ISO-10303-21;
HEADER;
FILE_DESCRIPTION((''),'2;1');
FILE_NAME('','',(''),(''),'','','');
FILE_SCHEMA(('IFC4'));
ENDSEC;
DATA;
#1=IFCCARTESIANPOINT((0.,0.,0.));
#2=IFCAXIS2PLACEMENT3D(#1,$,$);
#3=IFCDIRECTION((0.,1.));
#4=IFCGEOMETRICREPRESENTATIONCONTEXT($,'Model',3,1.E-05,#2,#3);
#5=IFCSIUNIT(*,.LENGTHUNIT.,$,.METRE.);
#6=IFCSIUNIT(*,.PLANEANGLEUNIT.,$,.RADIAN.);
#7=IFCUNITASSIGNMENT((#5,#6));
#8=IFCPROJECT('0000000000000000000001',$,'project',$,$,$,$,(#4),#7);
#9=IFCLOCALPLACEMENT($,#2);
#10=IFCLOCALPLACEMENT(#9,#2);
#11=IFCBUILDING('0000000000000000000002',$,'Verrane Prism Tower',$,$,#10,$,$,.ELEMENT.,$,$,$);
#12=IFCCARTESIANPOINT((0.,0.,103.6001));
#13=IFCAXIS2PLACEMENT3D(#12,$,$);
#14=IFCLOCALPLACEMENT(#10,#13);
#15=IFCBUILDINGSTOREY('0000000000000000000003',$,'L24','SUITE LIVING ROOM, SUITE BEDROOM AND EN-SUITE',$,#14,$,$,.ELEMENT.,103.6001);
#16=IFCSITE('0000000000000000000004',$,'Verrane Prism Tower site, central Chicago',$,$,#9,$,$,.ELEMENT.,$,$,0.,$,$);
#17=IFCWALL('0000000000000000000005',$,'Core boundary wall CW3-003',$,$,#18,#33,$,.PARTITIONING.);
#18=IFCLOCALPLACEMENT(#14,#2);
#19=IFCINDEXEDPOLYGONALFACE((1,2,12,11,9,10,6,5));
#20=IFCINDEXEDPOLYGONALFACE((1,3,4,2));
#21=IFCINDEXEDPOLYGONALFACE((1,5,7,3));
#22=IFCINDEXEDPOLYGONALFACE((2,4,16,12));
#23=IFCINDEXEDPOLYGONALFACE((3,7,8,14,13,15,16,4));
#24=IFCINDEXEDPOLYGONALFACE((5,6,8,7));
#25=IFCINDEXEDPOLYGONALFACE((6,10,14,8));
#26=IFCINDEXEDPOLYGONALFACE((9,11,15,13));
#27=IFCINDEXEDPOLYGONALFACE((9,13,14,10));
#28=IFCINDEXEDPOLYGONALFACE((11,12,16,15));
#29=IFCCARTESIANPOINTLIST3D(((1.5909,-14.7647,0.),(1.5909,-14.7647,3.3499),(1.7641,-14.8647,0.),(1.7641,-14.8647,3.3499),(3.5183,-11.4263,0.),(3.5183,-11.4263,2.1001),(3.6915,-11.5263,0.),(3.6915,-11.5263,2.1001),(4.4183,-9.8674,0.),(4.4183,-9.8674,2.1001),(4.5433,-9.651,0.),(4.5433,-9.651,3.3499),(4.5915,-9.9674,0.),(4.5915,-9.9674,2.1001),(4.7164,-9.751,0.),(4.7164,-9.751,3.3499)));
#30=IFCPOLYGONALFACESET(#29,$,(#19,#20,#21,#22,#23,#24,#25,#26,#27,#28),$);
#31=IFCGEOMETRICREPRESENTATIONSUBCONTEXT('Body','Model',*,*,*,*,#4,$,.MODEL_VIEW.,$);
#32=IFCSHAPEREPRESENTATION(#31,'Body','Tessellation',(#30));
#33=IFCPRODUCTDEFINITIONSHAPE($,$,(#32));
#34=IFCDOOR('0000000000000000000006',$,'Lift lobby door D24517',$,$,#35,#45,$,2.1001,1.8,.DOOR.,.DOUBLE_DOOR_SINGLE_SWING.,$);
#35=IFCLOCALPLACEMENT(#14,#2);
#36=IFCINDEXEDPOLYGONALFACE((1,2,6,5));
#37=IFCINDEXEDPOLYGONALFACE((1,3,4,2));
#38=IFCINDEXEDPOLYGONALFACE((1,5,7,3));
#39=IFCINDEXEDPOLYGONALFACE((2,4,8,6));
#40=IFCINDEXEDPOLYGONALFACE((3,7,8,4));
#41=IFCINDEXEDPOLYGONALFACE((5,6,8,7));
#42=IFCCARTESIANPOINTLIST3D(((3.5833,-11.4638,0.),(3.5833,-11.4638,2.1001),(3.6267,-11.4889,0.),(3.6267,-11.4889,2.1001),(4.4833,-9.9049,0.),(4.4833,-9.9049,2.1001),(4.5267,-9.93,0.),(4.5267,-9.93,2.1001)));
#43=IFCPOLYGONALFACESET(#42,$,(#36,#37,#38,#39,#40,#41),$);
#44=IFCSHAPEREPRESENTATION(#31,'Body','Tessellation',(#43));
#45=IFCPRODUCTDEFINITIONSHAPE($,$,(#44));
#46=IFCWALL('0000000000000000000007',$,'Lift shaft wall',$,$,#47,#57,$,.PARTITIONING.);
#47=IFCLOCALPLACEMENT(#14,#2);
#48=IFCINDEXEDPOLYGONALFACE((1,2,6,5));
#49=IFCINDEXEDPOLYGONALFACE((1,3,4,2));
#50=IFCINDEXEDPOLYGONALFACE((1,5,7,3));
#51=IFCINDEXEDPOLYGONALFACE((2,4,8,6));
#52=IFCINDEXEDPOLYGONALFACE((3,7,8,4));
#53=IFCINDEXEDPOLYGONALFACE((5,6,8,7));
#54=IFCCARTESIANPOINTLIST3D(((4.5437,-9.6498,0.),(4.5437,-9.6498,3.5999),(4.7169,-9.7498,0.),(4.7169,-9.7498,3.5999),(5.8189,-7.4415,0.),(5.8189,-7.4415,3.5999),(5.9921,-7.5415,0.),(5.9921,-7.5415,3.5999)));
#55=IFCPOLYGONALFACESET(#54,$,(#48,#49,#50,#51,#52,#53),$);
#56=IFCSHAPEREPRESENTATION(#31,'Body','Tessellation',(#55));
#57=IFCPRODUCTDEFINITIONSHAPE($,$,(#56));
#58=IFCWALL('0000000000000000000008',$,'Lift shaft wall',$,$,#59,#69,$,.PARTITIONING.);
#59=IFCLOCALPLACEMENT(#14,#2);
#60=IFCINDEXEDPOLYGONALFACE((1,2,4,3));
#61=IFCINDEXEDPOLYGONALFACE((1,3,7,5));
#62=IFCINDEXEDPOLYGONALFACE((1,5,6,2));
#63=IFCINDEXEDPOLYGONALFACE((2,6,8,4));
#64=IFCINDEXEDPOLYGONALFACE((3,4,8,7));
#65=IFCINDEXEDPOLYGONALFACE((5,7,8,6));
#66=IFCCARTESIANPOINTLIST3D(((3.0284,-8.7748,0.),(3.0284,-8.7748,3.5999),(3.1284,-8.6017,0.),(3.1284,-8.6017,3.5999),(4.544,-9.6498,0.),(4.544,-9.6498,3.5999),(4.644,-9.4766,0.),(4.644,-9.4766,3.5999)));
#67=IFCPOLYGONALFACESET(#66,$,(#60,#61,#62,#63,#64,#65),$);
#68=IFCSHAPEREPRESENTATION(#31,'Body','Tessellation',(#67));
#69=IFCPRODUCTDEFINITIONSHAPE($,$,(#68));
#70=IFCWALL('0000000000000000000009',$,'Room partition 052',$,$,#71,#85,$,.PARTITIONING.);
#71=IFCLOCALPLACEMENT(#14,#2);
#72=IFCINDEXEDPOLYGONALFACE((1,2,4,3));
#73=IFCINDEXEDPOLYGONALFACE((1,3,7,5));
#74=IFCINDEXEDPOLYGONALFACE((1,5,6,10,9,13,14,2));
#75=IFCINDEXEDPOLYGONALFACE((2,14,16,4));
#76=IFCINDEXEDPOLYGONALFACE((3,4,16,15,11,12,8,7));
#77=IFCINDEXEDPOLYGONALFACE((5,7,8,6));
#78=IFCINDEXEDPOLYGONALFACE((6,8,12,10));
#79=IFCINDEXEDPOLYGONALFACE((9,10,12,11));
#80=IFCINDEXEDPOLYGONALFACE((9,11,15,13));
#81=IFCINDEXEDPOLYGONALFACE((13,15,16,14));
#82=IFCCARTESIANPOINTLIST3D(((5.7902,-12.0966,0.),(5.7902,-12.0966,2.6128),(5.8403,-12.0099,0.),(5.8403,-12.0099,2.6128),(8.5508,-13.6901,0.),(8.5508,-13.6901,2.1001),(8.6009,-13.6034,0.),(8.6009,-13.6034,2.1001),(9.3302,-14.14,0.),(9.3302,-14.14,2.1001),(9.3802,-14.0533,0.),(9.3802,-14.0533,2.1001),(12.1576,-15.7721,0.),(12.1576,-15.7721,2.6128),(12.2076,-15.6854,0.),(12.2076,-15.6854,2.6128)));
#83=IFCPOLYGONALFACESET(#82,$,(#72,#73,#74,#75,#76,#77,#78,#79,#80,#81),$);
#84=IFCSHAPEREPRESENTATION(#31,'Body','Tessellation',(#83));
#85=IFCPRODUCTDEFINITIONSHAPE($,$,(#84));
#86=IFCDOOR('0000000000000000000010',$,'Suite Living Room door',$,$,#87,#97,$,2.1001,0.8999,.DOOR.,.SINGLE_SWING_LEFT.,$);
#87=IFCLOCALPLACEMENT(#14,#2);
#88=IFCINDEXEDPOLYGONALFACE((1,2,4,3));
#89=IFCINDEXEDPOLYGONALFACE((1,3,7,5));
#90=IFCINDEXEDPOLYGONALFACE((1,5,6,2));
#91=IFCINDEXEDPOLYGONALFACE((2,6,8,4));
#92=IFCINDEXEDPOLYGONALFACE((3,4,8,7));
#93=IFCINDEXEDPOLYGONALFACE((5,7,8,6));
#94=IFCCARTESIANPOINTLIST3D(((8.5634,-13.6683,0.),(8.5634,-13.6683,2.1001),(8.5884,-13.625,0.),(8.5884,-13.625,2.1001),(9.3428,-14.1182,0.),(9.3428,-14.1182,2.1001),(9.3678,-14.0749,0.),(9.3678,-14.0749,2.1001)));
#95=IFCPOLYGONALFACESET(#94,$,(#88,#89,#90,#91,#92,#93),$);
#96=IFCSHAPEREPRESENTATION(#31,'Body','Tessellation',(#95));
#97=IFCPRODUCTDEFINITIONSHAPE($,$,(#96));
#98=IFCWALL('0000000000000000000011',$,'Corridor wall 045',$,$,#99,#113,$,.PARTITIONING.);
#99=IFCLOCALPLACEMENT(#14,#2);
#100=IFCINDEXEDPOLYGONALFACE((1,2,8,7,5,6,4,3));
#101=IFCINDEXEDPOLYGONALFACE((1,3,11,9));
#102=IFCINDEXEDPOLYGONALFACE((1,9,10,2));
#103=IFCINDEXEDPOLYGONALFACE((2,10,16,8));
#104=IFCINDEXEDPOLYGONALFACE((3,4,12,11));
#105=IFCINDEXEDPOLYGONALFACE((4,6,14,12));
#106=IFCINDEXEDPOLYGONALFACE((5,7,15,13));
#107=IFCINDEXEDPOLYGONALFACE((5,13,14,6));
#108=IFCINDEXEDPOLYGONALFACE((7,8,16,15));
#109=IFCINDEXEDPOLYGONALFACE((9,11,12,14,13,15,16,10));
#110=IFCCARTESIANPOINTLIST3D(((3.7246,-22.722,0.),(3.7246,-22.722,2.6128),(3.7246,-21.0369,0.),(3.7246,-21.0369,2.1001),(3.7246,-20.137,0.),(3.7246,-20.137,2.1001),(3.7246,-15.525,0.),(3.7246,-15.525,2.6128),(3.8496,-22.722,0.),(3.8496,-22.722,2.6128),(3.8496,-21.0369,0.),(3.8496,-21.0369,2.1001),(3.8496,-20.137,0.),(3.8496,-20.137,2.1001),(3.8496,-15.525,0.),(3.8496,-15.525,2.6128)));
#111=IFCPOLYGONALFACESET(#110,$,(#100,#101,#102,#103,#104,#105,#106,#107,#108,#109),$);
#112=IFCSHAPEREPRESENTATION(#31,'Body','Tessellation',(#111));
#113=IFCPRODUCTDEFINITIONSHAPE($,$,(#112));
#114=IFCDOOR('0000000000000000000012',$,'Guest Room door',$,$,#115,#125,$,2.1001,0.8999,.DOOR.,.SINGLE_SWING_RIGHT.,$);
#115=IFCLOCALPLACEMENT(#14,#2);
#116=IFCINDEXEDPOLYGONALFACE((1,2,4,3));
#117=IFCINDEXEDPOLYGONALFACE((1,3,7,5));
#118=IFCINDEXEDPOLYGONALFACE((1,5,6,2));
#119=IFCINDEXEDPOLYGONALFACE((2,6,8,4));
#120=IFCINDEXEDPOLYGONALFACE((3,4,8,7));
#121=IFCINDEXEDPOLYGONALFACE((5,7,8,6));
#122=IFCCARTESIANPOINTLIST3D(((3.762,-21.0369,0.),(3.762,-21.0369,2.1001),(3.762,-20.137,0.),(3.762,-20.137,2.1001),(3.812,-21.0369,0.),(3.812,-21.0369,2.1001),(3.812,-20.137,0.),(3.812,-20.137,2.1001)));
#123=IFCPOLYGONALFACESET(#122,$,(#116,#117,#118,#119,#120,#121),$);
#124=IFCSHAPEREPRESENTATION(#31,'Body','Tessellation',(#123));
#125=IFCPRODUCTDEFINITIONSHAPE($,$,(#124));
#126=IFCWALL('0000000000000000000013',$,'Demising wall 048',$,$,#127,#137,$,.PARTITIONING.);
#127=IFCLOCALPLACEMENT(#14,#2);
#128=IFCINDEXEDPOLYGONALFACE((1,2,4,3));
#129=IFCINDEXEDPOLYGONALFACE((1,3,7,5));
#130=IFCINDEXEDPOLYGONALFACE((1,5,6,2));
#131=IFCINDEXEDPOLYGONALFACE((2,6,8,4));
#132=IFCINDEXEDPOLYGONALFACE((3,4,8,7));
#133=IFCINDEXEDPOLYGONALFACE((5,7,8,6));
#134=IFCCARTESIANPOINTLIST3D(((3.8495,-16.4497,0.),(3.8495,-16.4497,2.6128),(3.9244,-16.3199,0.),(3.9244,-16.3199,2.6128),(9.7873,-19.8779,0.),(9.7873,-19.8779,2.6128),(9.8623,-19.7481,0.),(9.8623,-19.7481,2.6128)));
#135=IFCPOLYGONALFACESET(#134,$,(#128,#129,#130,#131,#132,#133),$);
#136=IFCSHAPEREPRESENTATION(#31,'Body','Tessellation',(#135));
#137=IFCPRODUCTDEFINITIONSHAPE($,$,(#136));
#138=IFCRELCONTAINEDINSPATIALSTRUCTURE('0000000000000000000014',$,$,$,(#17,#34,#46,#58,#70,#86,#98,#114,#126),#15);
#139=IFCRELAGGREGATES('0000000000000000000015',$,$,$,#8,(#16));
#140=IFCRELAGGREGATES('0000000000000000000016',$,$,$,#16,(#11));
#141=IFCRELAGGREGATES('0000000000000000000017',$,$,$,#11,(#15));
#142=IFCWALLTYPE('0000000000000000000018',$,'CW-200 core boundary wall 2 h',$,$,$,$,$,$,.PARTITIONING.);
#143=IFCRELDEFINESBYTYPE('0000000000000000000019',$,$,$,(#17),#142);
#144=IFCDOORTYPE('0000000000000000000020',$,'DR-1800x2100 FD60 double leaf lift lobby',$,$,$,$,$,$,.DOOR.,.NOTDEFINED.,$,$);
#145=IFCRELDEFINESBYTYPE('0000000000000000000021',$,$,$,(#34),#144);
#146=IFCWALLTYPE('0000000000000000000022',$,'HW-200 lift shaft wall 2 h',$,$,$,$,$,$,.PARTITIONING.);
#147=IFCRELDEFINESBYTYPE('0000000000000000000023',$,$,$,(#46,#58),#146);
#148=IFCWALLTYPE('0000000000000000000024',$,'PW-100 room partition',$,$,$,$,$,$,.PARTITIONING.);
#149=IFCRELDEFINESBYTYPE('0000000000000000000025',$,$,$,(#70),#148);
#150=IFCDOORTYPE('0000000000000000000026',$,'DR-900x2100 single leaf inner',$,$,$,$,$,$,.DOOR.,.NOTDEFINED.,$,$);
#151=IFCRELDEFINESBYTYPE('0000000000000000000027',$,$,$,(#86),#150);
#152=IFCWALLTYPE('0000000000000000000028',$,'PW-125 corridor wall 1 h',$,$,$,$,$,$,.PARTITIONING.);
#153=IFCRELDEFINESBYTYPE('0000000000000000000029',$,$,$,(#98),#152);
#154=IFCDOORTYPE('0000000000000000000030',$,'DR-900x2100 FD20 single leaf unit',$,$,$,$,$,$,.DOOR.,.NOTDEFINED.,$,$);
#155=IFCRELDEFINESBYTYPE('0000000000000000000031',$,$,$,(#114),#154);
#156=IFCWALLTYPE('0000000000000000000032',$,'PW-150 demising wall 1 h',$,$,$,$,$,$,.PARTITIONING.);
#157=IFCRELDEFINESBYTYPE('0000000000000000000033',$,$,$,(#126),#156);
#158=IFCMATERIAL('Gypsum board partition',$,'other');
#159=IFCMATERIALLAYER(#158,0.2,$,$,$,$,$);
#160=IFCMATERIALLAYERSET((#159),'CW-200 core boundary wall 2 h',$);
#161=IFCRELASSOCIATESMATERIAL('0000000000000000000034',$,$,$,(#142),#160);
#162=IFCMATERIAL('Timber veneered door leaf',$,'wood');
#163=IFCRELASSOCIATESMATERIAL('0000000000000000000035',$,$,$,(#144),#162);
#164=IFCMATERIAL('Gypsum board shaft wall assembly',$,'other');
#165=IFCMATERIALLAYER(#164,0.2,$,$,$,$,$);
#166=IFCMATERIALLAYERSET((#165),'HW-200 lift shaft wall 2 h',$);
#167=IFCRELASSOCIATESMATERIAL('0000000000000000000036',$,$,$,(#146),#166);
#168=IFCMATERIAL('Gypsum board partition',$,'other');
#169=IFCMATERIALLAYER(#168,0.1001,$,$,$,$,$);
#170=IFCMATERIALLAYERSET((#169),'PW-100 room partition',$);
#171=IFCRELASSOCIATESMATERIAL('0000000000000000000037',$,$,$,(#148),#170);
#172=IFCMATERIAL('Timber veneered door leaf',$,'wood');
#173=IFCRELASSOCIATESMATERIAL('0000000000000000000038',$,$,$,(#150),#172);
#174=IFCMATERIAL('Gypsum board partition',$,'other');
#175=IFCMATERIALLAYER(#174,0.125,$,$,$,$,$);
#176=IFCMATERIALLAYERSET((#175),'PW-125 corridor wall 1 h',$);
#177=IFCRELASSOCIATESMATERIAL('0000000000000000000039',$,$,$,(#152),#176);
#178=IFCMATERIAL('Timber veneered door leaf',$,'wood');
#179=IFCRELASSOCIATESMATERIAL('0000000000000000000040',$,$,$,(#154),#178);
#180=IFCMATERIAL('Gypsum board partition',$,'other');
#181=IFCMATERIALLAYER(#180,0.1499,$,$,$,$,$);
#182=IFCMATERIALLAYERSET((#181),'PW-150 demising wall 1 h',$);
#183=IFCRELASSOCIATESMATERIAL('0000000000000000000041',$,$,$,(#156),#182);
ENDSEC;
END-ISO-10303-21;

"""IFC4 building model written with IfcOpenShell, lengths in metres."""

from ifc_helpers import new_model, si_unit, direction, frame, frame_2d, origin, place, context, subcontext, project, spatial, rectangle, extrude, material, layer, layer_set, type_object, element, fill, save


model = new_model("IFC4")

# Units and contexts
model_context = context("Model", 3, precision=1e-05, world=origin(), true_north=direction((0.0, 1.0)))
body_context = subcontext(model_context, "Body", "Model", "MODEL_VIEW")
ifc_project = project(units=[si_unit("LENGTHUNIT", "METRE"), si_unit("PLANEANGLEUNIT", "RADIAN")], contexts=[model_context])

# Site, building, storey
site_placement = place(None, origin())
site = spatial("IfcSite", under=ifc_project, at=site_placement, Name="Verrane Prism Tower site, central Chicago", CompositionType="ELEMENT", RefElevation=0.0)
building_placement = place(site_placement, origin())
building = spatial("IfcBuilding", under=site, at=building_placement, Name="Verrane Prism Tower", CompositionType="ELEMENT")
storey_placement = place(building_placement, frame((0.0, 0.0, 103.6001)))
storey = spatial("IfcBuildingStorey", under=building, at=storey_placement, Name="L24", Description="SUITE LIVING ROOM, SUITE BEDROOM AND EN-SUITE", CompositionType="ELEMENT", Elevation=103.6001)

# Wall, opening, door
ifc_material_1 = material(Name="Gypsum board partition", Category="other")
ifc_layer_1 = layer(ifc_material_1, 0.2)
ifc_layer_set_1 = layer_set([ifc_layer_1], Name="CW-200 core boundary wall 2 h")
wall_type_1 = type_object("IfcWallType", Name="CW-200 core boundary wall 2 h", PredefinedType="PARTITIONING", material=ifc_layer_set_1)
wall_1_placement = place(storey_placement, frame((1.6775, -14.8147, 0.0), z_axis=(0.0, 0.0, 1.0), x_axis=(0.499994, 0.866029, 0.0)))
wall_1 = element("IfcWall", 1, at=wall_1_placement, inside=storey, type_object=wall_type_1, Name="Core boundary wall CW3-003", PredefinedType="PARTITIONING", context=body_context, shape_type="SweptSolid", body=[
    extrude(rectangle(XDim=5.9048, YDim=0.2, at=frame_2d((2.9524, 0.0))), origin(), (0.0, 0.0, 1.0), 3.3499),
])
opening_1_placement = place(wall_1_placement, frame((3.855, 0.0, 0.0)))
opening_1 = element("IfcOpeningElement", 2, at=opening_1_placement, cuts=wall_1, PredefinedType="OPENING", context=body_context, shape_type="SweptSolid", body=[
    extrude(rectangle(XDim=1.8, YDim=2.1001, at=frame_2d((0.8999, 1.05))), frame((0.0, 0.1099, 0.0), z_axis=(0.0, -1.0, 0.0), x_axis=(1.0, 0.0, 0.0)), (0.0, 0.0, 1.0), 0.22),
])
ifc_material_2 = material(Name="Timber veneered door leaf", Category="wood")
door_type_1 = type_object("IfcDoorType", Name="DR-1800x2100 FD60 double leaf lift lobby", OperationType="NOTDEFINED", PredefinedType="DOOR", material=ifc_material_2)
door_1_placement = place(opening_1_placement, origin())
door_1 = element("IfcDoor", 3, at=door_1_placement, inside=storey, type_object=door_type_1, Name="Lift lobby door D24517", OperationType="DOUBLE_DOOR_SINGLE_SWING", OverallHeight=2.1001, OverallWidth=1.8, PredefinedType="DOOR", context=body_context, shape_type="SweptSolid", body=[
    extrude(rectangle(XDim=1.8, YDim=2.1001, at=frame_2d((0.8999, 1.05))), frame((0.0, 0.0249, 0.0), z_axis=(0.0, -1.0, 0.0), x_axis=(1.0, 0.0, 0.0)), (0.0, 0.0, 1.0), 0.05),
])
fill(opening_1, door_1)

# Walls
ifc_material_3 = material(Name="Gypsum board shaft wall assembly", Category="other")
ifc_layer_2 = layer(ifc_material_3, 0.2)
ifc_layer_set_2 = layer_set([ifc_layer_2], Name="HW-200 lift shaft wall 2 h")
wall_type_2 = type_object("IfcWallType", Name="HW-200 lift shaft wall 2 h", PredefinedType="PARTITIONING", material=ifc_layer_set_2)
wall_2_placement = place(storey_placement, frame((4.6304, -9.6997, 0.0), z_axis=(0.0, 0.0, 1.0), x_axis=(0.500062, 0.865989, 0.0)))
element("IfcWall", 4, at=wall_2_placement, inside=storey, type_object=wall_type_2, Name="Lift shaft wall", PredefinedType="PARTITIONING", context=body_context, shape_type="SweptSolid", body=[
    extrude(rectangle(XDim=2.55, YDim=0.2, at=frame_2d((1.2749, 0.0))), origin(), (0.0, 0.0, 1.0), 3.5999),
])
wall_3_placement = place(storey_placement, frame((4.594, -9.5632, 0.0), z_axis=(0.0, 0.0, 1.0), x_axis=(-0.866037, 0.49998, 0.0)))
element("IfcWall", 5, at=wall_3_placement, inside=storey, type_object=wall_type_2, Name="Lift shaft wall", PredefinedType="PARTITIONING", context=body_context, shape_type="SweptSolid", body=[
    extrude(rectangle(XDim=1.75, YDim=0.2, at=frame_2d((0.875, 0.0))), origin(), (0.0, 0.0, 1.0), 3.5999),
])

# Walls, openings, doors
ifc_material_4 = material(Name="Gypsum board partition", Category="other")
ifc_layer_3 = layer(ifc_material_4, 0.1001)
ifc_layer_set_3 = layer_set([ifc_layer_3], Name="PW-100 room partition")
wall_type_3 = type_object("IfcWallType", Name="PW-100 room partition", PredefinedType="PARTITIONING", material=ifc_layer_set_3)
wall_4_placement = place(storey_placement, frame((12.1826, -15.7288, 0.0), z_axis=(0.0, 0.0, 1.0), x_axis=(-0.866067, 0.499928, 0.0)))
wall_4 = element("IfcWall", 6, at=wall_4_placement, inside=storey, type_object=wall_type_3, Name="Room partition 052", PredefinedType="PARTITIONING", context=body_context, shape_type="SweptSolid", body=[
    extrude(rectangle(XDim=7.3521, YDim=0.1001, at=frame_2d((3.676, 0.0))), origin(), (0.0, 0.0, 1.0), 2.6128),
])
opening_2_placement = place(wall_4_placement, frame((3.2646, 0.0, 0.0)))
opening_2 = element("IfcOpeningElement", 7, at=opening_2_placement, cuts=wall_4, PredefinedType="OPENING", context=body_context, shape_type="SweptSolid", body=[
    extrude(rectangle(XDim=0.8999, YDim=2.1001, at=frame_2d((0.45, 1.05))), frame((0.0, 0.0601, 0.0), z_axis=(0.0, -1.0, 0.0), x_axis=(1.0, 0.0, 0.0)), (0.0, 0.0, 1.0), 0.1201),
])
ifc_material_5 = material(Name="Timber veneered door leaf", Category="wood")
door_type_2 = type_object("IfcDoorType", Name="DR-900x2100 single leaf inner", OperationType="NOTDEFINED", PredefinedType="DOOR", material=ifc_material_5)
door_2_placement = place(opening_2_placement, origin())
door_2 = element("IfcDoor", 8, at=door_2_placement, inside=storey, type_object=door_type_2, Name="Suite Living Room door", OperationType="SINGLE_SWING_LEFT", OverallHeight=2.1001, OverallWidth=0.8999, PredefinedType="DOOR", context=body_context, shape_type="SweptSolid", body=[
    extrude(rectangle(XDim=0.8999, YDim=2.1001, at=frame_2d((0.45, 1.05))), frame((0.0, 0.0249, 0.0), z_axis=(0.0, -1.0, 0.0), x_axis=(1.0, 0.0, 0.0)), (0.0, 0.0, 1.0), 0.05),
])
fill(opening_2, door_2)
ifc_material_6 = material(Name="Gypsum board partition", Category="other")
ifc_layer_4 = layer(ifc_material_6, 0.125)
ifc_layer_set_4 = layer_set([ifc_layer_4], Name="PW-125 corridor wall 1 h")
wall_type_4 = type_object("IfcWallType", Name="PW-125 corridor wall 1 h", PredefinedType="PARTITIONING", material=ifc_layer_set_4)
wall_5_placement = place(storey_placement, frame((3.7871, -15.5249, 0.0), z_axis=(0.0, 0.0, 1.0), x_axis=(0.0, -1.0, 0.0)))
wall_5 = element("IfcWall", 9, at=wall_5_placement, inside=storey, type_object=wall_type_4, Name="Corridor wall 045", PredefinedType="PARTITIONING", context=body_context, shape_type="SweptSolid", body=[
    extrude(rectangle(XDim=7.197, YDim=0.125, at=frame_2d((3.5986, 0.0))), origin(), (0.0, 0.0, 1.0), 2.6128),
])
opening_3_placement = place(wall_5_placement, frame((4.6121, 0.0, 0.0)))
opening_3 = element("IfcOpeningElement", 10, at=opening_3_placement, cuts=wall_5, PredefinedType="OPENING", context=body_context, shape_type="SweptSolid", body=[
    extrude(rectangle(XDim=0.8999, YDim=2.1001, at=frame_2d((0.45, 1.05))), frame((0.0, 0.0725, 0.0), z_axis=(0.0, -1.0, 0.0), x_axis=(1.0, 0.0, 0.0)), (0.0, 0.0, 1.0), 0.145),
])
ifc_material_7 = material(Name="Timber veneered door leaf", Category="wood")
door_type_3 = type_object("IfcDoorType", Name="DR-900x2100 FD20 single leaf unit", OperationType="NOTDEFINED", PredefinedType="DOOR", material=ifc_material_7)
door_3_placement = place(opening_3_placement, origin())
door_3 = element("IfcDoor", 11, at=door_3_placement, inside=storey, type_object=door_type_3, Name="Guest Room door", OperationType="SINGLE_SWING_RIGHT", OverallHeight=2.1001, OverallWidth=0.8999, PredefinedType="DOOR", context=body_context, shape_type="SweptSolid", body=[
    extrude(rectangle(XDim=0.8999, YDim=2.1001, at=frame_2d((0.45, 1.05))), frame((0.0, 0.0249, 0.0), z_axis=(0.0, -1.0, 0.0), x_axis=(1.0, 0.0, 0.0)), (0.0, 0.0, 1.0), 0.05),
])
fill(opening_3, door_3)

# Wall
ifc_material_8 = material(Name="Gypsum board partition", Category="other")
ifc_layer_5 = layer(ifc_material_8, 0.1499)
ifc_layer_set_5 = layer_set([ifc_layer_5], Name="PW-150 demising wall 1 h")
wall_type_5 = type_object("IfcWallType", Name="PW-150 demising wall 1 h", PredefinedType="PARTITIONING", material=ifc_layer_set_5)
wall_6_placement = place(storey_placement, frame((3.887, -16.3848, 0.0), z_axis=(0.0, 0.0, 1.0), x_axis=(0.866021, -0.500007, 0.0)))
element("IfcWall", 12, at=wall_6_placement, inside=storey, type_object=wall_type_5, Name="Demising wall 048", PredefinedType="PARTITIONING", context=body_context, shape_type="SweptSolid", body=[
    extrude(rectangle(XDim=6.8564, YDim=0.1499, at=frame_2d((3.4282, 0.0))), origin(), (0.0, 0.0, 1.0), 2.6128),
])

save(model, "model.ifc")
